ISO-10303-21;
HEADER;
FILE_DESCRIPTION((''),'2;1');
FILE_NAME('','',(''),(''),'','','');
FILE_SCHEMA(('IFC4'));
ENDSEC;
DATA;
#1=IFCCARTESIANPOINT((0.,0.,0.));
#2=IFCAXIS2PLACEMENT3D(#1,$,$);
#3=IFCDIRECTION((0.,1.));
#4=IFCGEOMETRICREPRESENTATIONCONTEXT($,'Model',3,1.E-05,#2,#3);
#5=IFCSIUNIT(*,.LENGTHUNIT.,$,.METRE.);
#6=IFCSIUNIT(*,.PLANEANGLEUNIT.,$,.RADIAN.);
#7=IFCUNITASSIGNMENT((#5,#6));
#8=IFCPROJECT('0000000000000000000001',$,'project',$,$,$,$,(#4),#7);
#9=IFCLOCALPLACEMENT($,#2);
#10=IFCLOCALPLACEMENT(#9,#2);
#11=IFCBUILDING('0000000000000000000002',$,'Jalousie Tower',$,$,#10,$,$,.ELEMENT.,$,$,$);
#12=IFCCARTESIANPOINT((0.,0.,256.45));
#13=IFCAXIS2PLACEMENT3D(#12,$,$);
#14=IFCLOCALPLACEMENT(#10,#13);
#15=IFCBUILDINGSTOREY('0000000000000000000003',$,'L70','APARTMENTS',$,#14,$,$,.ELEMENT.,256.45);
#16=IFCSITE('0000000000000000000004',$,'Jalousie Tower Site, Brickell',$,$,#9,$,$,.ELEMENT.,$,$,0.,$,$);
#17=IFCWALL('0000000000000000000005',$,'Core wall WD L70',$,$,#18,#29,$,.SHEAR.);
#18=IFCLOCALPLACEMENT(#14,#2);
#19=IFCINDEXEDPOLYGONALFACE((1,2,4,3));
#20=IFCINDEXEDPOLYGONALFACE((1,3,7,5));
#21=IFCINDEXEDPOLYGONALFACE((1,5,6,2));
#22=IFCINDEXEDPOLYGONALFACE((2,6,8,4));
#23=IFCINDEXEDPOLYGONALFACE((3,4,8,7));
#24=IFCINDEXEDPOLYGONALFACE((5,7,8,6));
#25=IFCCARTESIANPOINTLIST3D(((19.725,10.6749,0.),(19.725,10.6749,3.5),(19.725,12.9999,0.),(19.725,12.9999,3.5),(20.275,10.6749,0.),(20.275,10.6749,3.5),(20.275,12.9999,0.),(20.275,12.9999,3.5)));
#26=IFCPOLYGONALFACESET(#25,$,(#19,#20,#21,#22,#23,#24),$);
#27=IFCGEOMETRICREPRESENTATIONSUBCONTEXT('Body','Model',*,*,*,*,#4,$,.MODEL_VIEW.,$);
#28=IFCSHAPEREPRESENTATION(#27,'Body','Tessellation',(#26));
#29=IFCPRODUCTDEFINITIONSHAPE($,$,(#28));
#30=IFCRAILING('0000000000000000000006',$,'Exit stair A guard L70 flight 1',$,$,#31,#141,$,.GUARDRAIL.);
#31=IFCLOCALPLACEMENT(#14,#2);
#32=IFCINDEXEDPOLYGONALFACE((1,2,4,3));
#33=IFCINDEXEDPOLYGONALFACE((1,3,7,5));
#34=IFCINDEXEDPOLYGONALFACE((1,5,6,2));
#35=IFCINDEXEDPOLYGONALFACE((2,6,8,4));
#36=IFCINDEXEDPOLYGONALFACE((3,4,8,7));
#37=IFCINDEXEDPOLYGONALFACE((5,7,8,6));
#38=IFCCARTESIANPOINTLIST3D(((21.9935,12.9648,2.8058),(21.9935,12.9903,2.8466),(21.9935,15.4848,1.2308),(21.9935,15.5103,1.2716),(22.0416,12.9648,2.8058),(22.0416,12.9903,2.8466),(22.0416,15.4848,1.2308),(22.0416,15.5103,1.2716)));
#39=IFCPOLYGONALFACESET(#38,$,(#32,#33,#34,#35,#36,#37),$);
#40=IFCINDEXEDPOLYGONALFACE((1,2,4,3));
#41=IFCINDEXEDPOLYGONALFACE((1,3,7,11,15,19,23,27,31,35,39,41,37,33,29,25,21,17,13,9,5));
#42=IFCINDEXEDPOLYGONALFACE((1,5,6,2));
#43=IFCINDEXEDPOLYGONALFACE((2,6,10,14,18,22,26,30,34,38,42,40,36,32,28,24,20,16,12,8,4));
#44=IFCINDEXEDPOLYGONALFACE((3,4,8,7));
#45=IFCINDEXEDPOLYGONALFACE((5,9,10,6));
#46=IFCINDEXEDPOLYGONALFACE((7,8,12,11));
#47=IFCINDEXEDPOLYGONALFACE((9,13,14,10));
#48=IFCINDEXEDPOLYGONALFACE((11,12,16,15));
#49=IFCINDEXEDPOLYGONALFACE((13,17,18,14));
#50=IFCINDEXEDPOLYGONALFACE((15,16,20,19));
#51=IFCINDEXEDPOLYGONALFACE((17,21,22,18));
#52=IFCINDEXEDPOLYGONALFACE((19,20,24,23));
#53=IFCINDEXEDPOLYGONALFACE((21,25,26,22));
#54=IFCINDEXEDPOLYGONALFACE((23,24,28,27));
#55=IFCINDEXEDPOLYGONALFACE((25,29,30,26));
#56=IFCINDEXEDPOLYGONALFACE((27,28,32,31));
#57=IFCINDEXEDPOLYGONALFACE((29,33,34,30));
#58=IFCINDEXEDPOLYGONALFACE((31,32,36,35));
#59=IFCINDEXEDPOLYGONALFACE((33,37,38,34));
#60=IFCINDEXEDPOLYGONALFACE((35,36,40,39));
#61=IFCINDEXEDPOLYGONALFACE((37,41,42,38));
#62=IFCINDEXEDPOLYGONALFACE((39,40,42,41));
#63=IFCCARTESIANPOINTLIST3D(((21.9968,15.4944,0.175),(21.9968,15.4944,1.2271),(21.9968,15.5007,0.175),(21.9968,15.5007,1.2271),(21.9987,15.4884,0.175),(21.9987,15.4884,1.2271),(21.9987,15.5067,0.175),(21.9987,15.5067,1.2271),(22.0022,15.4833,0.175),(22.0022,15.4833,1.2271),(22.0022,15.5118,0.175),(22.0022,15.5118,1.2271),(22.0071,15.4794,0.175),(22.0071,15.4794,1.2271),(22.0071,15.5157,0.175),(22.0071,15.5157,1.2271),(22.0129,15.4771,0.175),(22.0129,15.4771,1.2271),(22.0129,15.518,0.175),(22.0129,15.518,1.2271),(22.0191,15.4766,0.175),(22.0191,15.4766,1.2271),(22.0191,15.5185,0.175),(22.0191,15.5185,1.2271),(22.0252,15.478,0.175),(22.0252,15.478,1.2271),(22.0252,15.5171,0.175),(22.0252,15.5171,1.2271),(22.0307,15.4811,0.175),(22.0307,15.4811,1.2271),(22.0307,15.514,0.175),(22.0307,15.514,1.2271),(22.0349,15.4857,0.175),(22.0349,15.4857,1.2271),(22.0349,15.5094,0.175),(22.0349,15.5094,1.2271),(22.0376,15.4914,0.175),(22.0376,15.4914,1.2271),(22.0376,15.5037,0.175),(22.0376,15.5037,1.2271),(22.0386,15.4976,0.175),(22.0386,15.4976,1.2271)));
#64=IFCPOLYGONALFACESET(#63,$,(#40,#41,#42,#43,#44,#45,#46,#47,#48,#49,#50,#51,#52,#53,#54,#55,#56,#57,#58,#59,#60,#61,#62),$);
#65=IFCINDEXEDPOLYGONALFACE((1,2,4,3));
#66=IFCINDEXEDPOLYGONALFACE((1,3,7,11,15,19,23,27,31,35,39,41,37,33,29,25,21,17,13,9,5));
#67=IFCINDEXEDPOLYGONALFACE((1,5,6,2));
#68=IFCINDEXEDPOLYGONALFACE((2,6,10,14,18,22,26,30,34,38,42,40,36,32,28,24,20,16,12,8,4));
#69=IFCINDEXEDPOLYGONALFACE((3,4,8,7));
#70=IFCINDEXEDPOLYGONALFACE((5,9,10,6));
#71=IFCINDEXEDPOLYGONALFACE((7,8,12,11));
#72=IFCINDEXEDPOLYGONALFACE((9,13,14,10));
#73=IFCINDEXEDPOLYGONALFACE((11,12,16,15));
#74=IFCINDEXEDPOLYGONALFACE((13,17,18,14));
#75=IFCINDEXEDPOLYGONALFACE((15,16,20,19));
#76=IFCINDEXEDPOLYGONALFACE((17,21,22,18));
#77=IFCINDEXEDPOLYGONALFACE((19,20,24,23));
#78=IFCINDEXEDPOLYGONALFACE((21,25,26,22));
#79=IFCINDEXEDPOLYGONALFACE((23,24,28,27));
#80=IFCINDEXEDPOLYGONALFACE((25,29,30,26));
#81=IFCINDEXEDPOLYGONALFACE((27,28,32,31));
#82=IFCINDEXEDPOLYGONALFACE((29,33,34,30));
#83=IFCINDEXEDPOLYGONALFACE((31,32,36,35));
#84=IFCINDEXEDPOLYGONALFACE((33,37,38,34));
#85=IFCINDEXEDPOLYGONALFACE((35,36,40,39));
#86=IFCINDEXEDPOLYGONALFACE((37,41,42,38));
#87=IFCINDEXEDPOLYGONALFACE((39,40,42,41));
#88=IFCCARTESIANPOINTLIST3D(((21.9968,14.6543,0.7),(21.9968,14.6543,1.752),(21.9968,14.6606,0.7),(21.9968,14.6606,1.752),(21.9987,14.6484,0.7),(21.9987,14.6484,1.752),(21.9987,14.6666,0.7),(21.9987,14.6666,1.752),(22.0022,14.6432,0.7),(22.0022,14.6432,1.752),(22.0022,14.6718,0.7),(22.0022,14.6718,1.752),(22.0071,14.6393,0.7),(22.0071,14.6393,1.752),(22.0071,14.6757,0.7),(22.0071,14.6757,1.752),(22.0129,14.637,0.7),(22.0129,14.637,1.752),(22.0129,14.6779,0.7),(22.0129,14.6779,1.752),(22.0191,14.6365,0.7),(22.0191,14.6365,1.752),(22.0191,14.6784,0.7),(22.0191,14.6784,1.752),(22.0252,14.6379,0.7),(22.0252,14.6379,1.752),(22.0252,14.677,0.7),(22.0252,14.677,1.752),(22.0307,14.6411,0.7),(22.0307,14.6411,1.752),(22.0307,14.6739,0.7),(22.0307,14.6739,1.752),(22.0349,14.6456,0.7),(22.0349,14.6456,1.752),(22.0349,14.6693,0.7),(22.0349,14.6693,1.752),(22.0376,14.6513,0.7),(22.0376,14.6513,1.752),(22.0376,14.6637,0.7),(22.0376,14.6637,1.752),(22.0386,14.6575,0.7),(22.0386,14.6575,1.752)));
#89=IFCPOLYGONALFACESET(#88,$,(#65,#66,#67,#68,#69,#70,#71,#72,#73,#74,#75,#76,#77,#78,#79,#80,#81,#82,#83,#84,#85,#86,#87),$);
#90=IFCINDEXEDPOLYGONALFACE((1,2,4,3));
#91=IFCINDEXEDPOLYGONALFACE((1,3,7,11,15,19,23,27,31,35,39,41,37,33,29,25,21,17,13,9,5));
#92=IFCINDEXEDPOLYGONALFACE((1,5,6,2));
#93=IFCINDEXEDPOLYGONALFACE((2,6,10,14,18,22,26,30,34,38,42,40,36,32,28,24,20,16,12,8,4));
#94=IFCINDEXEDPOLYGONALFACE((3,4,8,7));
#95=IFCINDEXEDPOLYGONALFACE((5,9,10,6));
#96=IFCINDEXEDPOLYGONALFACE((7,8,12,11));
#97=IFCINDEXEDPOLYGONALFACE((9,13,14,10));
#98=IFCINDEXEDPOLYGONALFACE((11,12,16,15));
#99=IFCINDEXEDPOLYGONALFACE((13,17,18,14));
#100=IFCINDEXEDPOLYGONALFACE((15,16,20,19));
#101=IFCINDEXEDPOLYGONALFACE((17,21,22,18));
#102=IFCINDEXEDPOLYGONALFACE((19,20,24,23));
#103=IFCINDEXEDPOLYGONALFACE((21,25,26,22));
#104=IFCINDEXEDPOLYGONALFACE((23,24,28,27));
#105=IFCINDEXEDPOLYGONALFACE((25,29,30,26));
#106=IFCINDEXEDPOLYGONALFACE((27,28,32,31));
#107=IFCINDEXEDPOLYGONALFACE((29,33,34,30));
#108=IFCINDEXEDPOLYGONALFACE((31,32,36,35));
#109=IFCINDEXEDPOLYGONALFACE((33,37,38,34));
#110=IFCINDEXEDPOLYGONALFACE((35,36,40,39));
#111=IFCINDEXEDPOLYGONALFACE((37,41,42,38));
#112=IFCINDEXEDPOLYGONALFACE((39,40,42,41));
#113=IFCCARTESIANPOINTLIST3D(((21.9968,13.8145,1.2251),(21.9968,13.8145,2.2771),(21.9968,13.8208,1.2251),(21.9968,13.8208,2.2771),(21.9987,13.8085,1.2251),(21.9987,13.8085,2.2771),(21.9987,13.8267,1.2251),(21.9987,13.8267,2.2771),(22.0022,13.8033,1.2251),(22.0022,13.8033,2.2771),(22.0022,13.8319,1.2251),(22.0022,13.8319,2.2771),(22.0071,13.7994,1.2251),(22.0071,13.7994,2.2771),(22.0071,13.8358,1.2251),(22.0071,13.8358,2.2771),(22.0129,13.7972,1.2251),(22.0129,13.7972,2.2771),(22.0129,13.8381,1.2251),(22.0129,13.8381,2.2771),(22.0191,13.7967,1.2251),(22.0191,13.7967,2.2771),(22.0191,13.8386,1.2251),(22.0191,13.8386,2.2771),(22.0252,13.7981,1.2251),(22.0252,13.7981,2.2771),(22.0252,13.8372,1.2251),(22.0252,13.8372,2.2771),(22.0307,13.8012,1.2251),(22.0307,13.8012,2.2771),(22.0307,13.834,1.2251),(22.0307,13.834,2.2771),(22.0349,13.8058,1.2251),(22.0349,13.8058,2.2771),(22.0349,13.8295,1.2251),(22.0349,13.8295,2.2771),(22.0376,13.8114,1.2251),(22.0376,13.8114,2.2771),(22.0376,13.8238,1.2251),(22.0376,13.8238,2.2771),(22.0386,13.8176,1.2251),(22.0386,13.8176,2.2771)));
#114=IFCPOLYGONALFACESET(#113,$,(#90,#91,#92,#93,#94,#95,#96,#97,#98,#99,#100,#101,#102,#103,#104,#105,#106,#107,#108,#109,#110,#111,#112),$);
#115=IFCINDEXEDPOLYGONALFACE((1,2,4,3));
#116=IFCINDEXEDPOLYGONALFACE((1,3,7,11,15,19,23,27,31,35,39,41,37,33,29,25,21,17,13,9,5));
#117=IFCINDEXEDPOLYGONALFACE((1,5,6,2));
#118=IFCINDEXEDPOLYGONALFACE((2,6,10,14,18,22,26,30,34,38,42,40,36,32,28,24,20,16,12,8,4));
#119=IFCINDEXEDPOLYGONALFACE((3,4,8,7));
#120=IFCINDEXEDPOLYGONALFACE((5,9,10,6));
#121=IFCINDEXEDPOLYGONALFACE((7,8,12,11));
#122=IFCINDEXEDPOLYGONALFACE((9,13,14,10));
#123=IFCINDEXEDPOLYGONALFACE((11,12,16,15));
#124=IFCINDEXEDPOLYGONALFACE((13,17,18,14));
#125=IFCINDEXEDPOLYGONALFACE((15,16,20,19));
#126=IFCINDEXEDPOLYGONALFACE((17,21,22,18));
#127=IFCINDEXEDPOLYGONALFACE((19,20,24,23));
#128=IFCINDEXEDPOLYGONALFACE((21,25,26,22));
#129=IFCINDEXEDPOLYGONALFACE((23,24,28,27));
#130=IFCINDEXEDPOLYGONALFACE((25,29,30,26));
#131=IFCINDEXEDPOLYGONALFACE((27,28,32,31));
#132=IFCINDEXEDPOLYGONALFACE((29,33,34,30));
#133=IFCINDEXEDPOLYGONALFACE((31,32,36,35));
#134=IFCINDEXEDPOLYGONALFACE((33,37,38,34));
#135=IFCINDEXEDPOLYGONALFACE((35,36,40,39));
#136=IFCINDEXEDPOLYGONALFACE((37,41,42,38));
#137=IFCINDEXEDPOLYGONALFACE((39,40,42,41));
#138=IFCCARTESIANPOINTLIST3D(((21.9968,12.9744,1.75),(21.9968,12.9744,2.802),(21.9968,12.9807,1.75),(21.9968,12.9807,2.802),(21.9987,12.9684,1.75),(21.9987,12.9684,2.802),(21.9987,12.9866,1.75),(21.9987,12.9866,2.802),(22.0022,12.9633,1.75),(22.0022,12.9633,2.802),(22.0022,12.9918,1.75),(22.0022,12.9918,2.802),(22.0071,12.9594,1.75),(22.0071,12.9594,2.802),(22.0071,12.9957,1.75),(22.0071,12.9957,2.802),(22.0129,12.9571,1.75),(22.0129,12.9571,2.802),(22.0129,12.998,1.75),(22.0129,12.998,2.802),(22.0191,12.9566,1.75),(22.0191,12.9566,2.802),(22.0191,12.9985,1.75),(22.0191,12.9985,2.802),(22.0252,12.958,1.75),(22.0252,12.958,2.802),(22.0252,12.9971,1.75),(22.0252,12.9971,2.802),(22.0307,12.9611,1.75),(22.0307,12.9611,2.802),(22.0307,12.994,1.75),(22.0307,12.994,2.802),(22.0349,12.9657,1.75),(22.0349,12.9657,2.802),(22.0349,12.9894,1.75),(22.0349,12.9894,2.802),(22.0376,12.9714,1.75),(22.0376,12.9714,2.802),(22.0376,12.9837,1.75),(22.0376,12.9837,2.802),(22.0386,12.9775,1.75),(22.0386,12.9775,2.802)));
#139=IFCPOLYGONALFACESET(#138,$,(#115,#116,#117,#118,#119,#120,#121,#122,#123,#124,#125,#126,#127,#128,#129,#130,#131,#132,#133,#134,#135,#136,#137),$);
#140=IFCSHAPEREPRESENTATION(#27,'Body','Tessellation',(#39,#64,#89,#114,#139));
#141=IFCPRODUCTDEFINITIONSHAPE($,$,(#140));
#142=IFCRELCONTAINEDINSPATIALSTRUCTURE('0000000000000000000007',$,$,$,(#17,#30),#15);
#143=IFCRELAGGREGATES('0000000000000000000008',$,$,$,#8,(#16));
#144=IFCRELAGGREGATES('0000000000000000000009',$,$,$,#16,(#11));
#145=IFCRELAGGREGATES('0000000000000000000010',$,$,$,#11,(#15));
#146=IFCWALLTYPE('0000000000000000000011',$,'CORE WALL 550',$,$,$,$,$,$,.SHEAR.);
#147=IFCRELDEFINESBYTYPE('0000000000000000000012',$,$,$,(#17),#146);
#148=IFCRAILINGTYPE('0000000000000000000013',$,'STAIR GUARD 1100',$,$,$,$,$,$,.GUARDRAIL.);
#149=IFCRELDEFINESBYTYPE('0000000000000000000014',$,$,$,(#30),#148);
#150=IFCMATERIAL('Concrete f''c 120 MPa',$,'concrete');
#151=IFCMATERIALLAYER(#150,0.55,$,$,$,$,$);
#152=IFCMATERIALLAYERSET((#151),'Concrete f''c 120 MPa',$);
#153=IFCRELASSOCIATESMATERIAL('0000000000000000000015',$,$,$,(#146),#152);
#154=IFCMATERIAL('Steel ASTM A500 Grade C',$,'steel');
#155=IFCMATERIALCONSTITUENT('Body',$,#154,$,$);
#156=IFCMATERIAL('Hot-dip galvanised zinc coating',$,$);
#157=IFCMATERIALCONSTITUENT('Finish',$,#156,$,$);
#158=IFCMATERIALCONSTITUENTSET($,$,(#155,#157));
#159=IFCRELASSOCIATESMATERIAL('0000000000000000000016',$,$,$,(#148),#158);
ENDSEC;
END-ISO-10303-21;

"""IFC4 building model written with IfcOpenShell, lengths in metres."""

from ifc_helpers import new_model, si_unit, direction, frame, frame_2d, origin, origin_2d, place, context, subcontext, project, spatial, rectangle, circle, extrude, material, layer, layer_set, constituent, constituent_set, type_object, element, save


model = new_model("IFC4")

# Units and contexts
model_context = context("Model", 3, precision=1e-05, world=origin(), true_north=direction((0.0, 1.0)))
body_context = subcontext(model_context, "Body", "Model", "MODEL_VIEW")
ifc_project = project(units=[si_unit("LENGTHUNIT", "METRE"), si_unit("PLANEANGLEUNIT", "RADIAN")], contexts=[model_context])

# Site, building, storey
site_placement = place(None, origin())
site = spatial("IfcSite", under=ifc_project, at=site_placement, Name="Jalousie Tower Site, Brickell", CompositionType="ELEMENT", RefElevation=0.0)
building_placement = place(site_placement, origin())
building = spatial("IfcBuilding", under=site, at=building_placement, Name="Jalousie Tower", CompositionType="ELEMENT")
storey_placement = place(building_placement, frame((0.0, 0.0, 256.45)))
storey = spatial("IfcBuildingStorey", under=building, at=storey_placement, Name="L70", Description="APARTMENTS", CompositionType="ELEMENT", Elevation=256.45)

# Shared definitions
ifc_material_1 = material(Name="Concrete f'c 120 MPa", Category="concrete")
ifc_layer_1 = layer(ifc_material_1, 0.55)
ifc_layer_set_1 = layer_set([ifc_layer_1], Name="Concrete f'c 120 MPa")
wall_type_1 = type_object("IfcWallType", Name="CORE WALL 550", PredefinedType="SHEAR", material=ifc_layer_set_1)

# Wall
wall_1_placement = place(storey_placement, frame((20.0, 13.0, 0.0), z_axis=(0.0, 0.0, 1.0), x_axis=(0.0, -1.0, 0.0)))
element("IfcWall", 1, at=wall_1_placement, inside=storey, type_object=wall_type_1, Name="Core wall WD L70", PredefinedType="SHEAR", context=body_context, shape_type="SweptSolid", body=[
    extrude(rectangle(XDim=2.325, YDim=0.55, at=frame_2d((1.1626, 0.0))), origin(), (0.0, 0.0, 1.0), 3.5),
])

# Railing
ifc_material_2 = material(Name="Steel ASTM A500 Grade C", Category="steel")
ifc_constituent_1 = constituent(ifc_material_2, Name="Body")
ifc_material_3 = material(Name="Hot-dip galvanised zinc coating")
ifc_constituent_2 = constituent(ifc_material_3, Name="Finish")
ifc_constituent_set = constituent_set(constituents=[ifc_constituent_1, ifc_constituent_2])
railing_type = type_object("IfcRailingType", Name="STAIR GUARD 1100", PredefinedType="GUARDRAIL", material=ifc_constituent_set)
railing_placement = place(storey_placement, frame((22.0176, 15.4976, 0.175)))
element("IfcRailing", 2, at=railing_placement, inside=storey, type_object=railing_type, Name="Exit stair A guard L70 flight 1", PredefinedType="GUARDRAIL", context=body_context, shape_type="SweptSolid", body=[
    extrude(rectangle(XDim=0.0481, YDim=0.0481, at=origin_2d()), frame((0.0, 0.0, 1.0762), z_axis=(0.0, -0.848008, 0.529984), x_axis=(1.0, 0.0, 0.0)), (0.0, 0.0, 1.0), 2.9717),
    extrude(circle(Radius=0.021, at=origin_2d()), origin(), (0.0, 0.0, 1.0), 1.052),
    extrude(circle(Radius=0.021, at=origin_2d()), frame((0.0, -0.8401, 0.5249)), (0.0, 0.0, 1.0), 1.052),
    extrude(circle(Radius=0.021, at=origin_2d()), frame((0.0, -1.6799, 1.05)), (0.0, 0.0, 1.0), 1.052),
    extrude(circle(Radius=0.021, at=origin_2d()), frame((0.0, -2.52, 1.575)), (0.0, 0.0, 1.0), 1.052),
])

save(model, "model.ifc")
